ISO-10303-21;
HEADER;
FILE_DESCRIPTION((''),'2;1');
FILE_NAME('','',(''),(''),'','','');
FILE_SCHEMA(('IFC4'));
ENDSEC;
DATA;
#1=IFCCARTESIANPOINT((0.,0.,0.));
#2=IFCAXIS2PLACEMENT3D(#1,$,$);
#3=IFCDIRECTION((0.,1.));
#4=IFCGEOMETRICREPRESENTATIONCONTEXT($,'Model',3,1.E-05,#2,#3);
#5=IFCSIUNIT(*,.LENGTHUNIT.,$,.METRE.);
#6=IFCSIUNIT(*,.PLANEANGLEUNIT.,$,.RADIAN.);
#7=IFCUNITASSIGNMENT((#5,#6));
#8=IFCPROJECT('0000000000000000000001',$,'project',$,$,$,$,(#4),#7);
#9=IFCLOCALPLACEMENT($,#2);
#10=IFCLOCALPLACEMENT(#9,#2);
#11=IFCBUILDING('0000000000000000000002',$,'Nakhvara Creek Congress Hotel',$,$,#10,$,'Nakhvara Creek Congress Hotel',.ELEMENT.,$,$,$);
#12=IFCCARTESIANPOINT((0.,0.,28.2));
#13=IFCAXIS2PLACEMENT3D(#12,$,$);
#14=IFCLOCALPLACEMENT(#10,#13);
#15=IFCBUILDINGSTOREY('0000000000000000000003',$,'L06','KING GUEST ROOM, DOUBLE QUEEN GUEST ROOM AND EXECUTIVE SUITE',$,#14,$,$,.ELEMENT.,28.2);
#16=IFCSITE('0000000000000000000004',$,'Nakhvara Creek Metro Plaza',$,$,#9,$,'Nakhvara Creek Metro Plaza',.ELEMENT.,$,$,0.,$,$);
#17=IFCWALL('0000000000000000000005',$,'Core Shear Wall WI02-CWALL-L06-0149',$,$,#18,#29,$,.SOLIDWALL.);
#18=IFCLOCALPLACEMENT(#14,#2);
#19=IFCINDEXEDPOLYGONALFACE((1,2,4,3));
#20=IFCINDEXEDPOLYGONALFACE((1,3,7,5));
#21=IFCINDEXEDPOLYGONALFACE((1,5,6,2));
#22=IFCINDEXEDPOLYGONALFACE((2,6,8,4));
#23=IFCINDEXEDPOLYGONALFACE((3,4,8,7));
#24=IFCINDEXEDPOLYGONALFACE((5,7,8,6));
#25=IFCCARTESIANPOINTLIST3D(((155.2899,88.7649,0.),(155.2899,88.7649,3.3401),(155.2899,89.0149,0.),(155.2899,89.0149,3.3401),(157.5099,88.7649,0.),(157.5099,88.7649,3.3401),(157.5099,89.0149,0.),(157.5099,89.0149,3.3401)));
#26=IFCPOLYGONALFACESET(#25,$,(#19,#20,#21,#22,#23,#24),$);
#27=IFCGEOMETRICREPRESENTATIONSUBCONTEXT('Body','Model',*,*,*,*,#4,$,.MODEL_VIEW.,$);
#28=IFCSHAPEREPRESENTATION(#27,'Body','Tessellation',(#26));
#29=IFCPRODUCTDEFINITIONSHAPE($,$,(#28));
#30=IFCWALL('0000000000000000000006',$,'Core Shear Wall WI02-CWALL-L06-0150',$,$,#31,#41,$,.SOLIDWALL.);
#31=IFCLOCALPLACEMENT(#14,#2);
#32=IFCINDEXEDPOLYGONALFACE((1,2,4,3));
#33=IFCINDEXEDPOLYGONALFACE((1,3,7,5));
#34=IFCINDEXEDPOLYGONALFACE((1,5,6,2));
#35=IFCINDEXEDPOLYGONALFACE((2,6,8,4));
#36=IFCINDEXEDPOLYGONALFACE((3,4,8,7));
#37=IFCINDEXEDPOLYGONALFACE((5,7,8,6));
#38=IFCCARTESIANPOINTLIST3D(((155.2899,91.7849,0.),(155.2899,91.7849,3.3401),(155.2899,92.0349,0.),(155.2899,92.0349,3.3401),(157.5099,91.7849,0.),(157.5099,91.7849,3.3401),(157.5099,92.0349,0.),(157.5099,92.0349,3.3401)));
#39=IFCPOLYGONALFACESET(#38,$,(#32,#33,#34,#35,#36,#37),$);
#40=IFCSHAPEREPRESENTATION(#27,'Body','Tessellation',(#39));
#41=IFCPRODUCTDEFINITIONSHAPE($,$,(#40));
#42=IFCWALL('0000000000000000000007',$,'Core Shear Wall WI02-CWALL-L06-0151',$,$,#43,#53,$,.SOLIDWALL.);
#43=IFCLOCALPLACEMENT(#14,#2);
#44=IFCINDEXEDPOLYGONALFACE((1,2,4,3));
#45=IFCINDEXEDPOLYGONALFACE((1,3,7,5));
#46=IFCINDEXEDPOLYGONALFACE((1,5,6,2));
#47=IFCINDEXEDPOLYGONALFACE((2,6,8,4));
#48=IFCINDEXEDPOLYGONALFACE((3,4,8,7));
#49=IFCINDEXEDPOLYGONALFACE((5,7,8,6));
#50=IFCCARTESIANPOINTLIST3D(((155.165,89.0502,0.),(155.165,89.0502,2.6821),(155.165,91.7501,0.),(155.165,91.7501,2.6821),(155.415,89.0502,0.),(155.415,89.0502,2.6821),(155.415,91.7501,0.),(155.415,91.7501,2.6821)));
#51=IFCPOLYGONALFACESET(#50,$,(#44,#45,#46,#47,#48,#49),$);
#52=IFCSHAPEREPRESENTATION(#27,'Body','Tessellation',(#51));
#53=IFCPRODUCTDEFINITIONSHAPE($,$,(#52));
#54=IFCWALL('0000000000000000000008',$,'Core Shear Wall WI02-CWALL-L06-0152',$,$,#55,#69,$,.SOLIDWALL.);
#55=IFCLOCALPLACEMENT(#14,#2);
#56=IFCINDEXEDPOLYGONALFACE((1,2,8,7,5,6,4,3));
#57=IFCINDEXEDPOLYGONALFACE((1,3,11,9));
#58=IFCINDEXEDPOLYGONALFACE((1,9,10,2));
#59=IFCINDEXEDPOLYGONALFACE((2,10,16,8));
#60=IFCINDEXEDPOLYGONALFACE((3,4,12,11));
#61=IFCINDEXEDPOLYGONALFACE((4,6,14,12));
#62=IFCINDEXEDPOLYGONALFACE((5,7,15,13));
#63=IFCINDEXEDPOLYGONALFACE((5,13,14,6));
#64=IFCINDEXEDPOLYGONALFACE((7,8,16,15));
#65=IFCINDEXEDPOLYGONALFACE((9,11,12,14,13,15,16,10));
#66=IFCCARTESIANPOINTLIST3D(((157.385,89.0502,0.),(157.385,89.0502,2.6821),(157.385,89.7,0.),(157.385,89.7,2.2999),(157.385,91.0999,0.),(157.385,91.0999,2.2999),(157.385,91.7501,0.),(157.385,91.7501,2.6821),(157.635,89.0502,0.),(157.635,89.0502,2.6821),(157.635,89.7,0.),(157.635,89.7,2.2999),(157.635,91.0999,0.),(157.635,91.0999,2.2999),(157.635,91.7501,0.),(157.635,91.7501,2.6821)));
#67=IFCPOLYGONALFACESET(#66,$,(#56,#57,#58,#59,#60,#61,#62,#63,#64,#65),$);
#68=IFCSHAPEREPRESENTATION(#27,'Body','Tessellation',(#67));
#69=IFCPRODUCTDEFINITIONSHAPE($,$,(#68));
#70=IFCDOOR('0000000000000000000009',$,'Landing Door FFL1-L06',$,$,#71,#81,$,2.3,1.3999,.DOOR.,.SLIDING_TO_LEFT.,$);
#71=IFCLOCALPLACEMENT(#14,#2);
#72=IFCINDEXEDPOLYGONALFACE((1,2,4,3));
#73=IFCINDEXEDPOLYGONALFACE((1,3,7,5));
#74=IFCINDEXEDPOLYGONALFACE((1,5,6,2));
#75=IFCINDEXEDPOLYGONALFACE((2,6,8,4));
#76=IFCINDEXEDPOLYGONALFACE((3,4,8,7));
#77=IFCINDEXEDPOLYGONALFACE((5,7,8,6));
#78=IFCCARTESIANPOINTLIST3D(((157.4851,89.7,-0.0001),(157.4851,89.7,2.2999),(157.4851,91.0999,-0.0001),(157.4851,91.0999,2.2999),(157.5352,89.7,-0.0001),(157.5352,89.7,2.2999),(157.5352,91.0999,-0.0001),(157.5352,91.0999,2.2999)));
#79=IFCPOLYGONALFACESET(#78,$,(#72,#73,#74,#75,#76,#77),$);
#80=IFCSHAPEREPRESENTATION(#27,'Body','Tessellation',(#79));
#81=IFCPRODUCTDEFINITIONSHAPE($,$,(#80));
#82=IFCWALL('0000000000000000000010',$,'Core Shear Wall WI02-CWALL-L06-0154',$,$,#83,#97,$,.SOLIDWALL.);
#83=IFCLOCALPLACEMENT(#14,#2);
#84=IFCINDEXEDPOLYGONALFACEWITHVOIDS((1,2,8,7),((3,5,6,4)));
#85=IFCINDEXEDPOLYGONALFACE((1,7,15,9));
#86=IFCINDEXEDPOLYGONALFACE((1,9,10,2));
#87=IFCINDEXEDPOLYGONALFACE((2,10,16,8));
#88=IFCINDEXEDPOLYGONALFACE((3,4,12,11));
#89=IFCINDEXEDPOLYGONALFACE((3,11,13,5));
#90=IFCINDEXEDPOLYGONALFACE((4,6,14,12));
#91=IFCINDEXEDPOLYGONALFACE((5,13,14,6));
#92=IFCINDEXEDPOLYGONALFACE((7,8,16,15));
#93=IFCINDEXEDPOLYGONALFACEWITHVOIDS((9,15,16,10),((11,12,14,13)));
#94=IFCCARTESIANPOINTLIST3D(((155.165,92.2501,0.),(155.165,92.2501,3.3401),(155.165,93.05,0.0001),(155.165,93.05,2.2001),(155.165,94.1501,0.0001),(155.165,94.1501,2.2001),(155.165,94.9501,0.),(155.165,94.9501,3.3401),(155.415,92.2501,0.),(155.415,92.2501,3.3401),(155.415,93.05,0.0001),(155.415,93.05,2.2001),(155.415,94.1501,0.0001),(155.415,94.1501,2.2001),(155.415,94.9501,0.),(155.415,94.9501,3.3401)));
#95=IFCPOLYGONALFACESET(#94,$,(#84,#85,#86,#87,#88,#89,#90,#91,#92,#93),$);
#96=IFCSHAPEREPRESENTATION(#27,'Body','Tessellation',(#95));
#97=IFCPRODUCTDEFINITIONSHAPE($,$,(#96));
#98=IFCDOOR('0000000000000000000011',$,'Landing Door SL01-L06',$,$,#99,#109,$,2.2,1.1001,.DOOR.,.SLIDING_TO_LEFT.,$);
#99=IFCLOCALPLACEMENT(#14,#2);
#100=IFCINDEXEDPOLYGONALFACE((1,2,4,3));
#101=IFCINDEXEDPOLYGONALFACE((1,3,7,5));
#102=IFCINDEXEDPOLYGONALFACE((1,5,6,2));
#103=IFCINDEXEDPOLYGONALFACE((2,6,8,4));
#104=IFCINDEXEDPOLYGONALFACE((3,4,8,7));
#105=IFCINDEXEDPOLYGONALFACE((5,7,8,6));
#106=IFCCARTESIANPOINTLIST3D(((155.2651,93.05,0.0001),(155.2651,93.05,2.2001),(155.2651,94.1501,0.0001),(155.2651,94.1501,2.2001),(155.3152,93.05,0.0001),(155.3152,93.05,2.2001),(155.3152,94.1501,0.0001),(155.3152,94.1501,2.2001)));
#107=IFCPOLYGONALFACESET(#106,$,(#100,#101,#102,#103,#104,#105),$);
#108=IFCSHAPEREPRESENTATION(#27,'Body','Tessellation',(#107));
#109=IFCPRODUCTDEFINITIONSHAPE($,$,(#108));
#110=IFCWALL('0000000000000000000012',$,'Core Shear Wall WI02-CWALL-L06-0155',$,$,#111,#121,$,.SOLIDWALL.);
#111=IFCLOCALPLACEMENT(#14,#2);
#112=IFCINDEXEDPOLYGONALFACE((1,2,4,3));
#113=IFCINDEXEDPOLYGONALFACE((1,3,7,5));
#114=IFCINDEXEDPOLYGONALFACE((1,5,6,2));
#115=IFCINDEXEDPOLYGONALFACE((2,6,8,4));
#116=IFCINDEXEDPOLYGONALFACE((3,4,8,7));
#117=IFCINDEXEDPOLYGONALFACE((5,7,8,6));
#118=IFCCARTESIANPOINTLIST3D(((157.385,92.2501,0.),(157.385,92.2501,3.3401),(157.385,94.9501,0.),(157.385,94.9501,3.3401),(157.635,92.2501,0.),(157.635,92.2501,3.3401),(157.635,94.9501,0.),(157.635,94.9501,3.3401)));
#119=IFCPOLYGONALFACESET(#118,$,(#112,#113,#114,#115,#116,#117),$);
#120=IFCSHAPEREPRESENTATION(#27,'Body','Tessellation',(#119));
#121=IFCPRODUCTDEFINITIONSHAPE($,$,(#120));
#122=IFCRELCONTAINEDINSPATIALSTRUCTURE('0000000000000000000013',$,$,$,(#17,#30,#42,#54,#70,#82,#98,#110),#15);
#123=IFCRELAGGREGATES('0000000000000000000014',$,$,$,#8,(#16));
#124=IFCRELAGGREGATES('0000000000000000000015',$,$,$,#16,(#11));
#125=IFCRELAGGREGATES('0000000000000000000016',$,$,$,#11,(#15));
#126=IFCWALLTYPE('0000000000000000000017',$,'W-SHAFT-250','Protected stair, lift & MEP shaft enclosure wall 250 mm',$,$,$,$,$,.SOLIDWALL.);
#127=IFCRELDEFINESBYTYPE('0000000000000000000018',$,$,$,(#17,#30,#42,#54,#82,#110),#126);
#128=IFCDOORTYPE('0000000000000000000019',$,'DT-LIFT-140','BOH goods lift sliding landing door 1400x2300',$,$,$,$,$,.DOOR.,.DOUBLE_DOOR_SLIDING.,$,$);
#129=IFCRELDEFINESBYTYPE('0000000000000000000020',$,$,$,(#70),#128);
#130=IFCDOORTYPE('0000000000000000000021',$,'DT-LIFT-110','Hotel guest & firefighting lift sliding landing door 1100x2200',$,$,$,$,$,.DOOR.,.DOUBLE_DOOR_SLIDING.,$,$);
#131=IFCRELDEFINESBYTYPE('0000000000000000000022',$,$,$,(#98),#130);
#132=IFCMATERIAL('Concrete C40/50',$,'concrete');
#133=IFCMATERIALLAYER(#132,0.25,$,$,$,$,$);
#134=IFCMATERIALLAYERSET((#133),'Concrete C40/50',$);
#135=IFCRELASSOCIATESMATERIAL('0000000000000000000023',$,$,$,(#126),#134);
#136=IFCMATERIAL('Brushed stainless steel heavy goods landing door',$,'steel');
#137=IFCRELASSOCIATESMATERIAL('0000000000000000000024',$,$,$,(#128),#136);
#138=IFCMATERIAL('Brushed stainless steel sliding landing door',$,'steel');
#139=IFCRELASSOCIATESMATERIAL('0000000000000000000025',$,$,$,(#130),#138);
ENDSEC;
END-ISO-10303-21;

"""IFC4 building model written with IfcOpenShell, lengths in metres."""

from ifc_helpers import new_model, si_unit, direction, frame, frame_2d, origin, place, context, subcontext, project, spatial, rectangle, extrude, material, layer, layer_set, type_object, element, fill, save


model = new_model("IFC4")

# Units and contexts
model_context = context("Model", 3, precision=1e-05, world=origin(), true_north=direction((0.0, 1.0)))
body_context = subcontext(model_context, "Body", "Model", "MODEL_VIEW")
ifc_project = project(units=[si_unit("LENGTHUNIT", "METRE"), si_unit("PLANEANGLEUNIT", "RADIAN")], contexts=[model_context])

# Site, building, storey
site_placement = place(None, origin())
site = spatial("IfcSite", under=ifc_project, at=site_placement, Name="Nakhvara Creek Metro Plaza", LongName="Nakhvara Creek Metro Plaza", CompositionType="ELEMENT", RefElevation=0.0)
building_placement = place(site_placement, origin())
building = spatial("IfcBuilding", under=site, at=building_placement, Name="Nakhvara Creek Congress Hotel", LongName="Nakhvara Creek Congress Hotel", CompositionType="ELEMENT")
storey_placement = place(building_placement, frame((0.0, 0.0, 28.2)))
storey = spatial("IfcBuildingStorey", under=building, at=storey_placement, Name="L06", Description="KING GUEST ROOM, DOUBLE QUEEN GUEST ROOM AND EXECUTIVE SUITE", CompositionType="ELEMENT", Elevation=28.2)

# Shared definitions
ifc_material_1 = material(Name="Concrete C40/50", Category="concrete")

# Walls
ifc_layer_1 = layer(ifc_material_1, 0.25)
ifc_layer_set_1 = layer_set([ifc_layer_1], Name="Concrete C40/50")
wall_type_1 = type_object("IfcWallType", Name="W-SHAFT-250", Description="Protected stair, lift & MEP shaft enclosure wall 250 mm", PredefinedType="SOLIDWALL", material=ifc_layer_set_1)
for number, where, z_axis, x_axis, name in (
    (1, (155.29, 88.8899, 0.0), (0.0, 0.0, 1.0), (1.0, 0.0, 0.0), "Core Shear Wall WI02-CWALL-L06-0149"),
    (2, (155.29, 91.9099, 0.0), (0.0, 0.0, 1.0), (1.0, 0.0, 0.0), "Core Shear Wall WI02-CWALL-L06-0150"),
):
    element("IfcWall", number, at=place(storey_placement, frame(where, z_axis=z_axis, x_axis=x_axis)), inside=storey, type_object=wall_type_1, Name=name, PredefinedType="SOLIDWALL", context=body_context, shape_type="SweptSolid", body=[
        extrude(rectangle(XDim=2.22, YDim=0.25, at=frame_2d((1.1099, 0.0))), origin(), (0.0, 0.0, 1.0), 3.3401),
    ])
wall_1_placement = place(storey_placement, frame((155.29, 89.05, 0.0), z_axis=(0.0, 0.0, 1.0), x_axis=(0.0, 1.0, 0.0)))
element("IfcWall", 3, at=wall_1_placement, inside=storey, type_object=wall_type_1, Name="Core Shear Wall WI02-CWALL-L06-0151", PredefinedType="SOLIDWALL", context=body_context, shape_type="SweptSolid", body=[
    extrude(rectangle(XDim=2.7, YDim=0.25, at=frame_2d((1.3501, 0.0))), origin(), (0.0, 0.0, 1.0), 2.6821),
])

# Walls, openings, doors
wall_2_placement = place(storey_placement, frame((157.51, 89.05, 0.0), z_axis=(0.0, 0.0, 1.0), x_axis=(0.0, 1.0, 0.0)))
wall_2 = element("IfcWall", 4, at=wall_2_placement, inside=storey, type_object=wall_type_1, Name="Core Shear Wall WI02-CWALL-L06-0152", PredefinedType="SOLIDWALL", context=body_context, shape_type="SweptSolid", body=[
    extrude(rectangle(XDim=2.7, YDim=0.25, at=frame_2d((1.3501, 0.0))), origin(), (0.0, 0.0, 1.0), 2.6821),
])
opening_1_placement = place(wall_2_placement, frame((0.6499, 0.0, 0.0)))
opening_1 = element("IfcOpeningElement", 5, at=opening_1_placement, cuts=wall_2, PredefinedType="OPENING", context=body_context, shape_type="SweptSolid", body=[
    extrude(rectangle(XDim=1.3999, YDim=2.3, at=frame_2d((0.7, 1.1499))), frame((0.0, 0.137, 0.0), z_axis=(0.0, -1.0, 0.0), x_axis=(1.0, 0.0, 0.0)), (0.0, 0.0, 1.0), 0.2739),
])
ifc_material_2 = material(Name="Brushed stainless steel heavy goods landing door", Category="steel")
door_type_1 = type_object("IfcDoorType", Name="DT-LIFT-140", Description="BOH goods lift sliding landing door 1400x2300", OperationType="DOUBLE_DOOR_SLIDING", PredefinedType="DOOR", material=ifc_material_2)
door_1_placement = place(opening_1_placement, origin())
door_1 = element("IfcDoor", 6, at=door_1_placement, inside=storey, type_object=door_type_1, Name="Landing Door FFL1-L06", OperationType="SLIDING_TO_LEFT", OverallHeight=2.3, OverallWidth=1.3999, PredefinedType="DOOR", context=body_context, shape_type="SweptSolid", body=[
    extrude(rectangle(XDim=1.3999, YDim=2.3, at=frame_2d((0.7, 1.1499))), frame((0.0, 0.0249, 0.0), z_axis=(0.0, -1.0, 0.0), x_axis=(1.0, 0.0, 0.0)), (0.0, 0.0, 1.0), 0.05),
])
fill(opening_1, door_1)
wall_3_placement = place(storey_placement, frame((155.29, 92.25, 0.0), z_axis=(0.0, 0.0, 1.0), x_axis=(0.0, 1.0, 0.0)))
wall_3 = element("IfcWall", 7, at=wall_3_placement, inside=storey, type_object=wall_type_1, Name="Core Shear Wall WI02-CWALL-L06-0154", PredefinedType="SOLIDWALL", context=body_context, shape_type="SweptSolid", body=[
    extrude(rectangle(XDim=2.7, YDim=0.25, at=frame_2d((1.3501, 0.0))), origin(), (0.0, 0.0, 1.0), 3.3401),
])
opening_2_placement = place(wall_3_placement, frame((0.8, 0.0, 0.0)))
opening_2 = element("IfcOpeningElement", 8, at=opening_2_placement, cuts=wall_3, PredefinedType="OPENING", context=body_context, shape_type="SweptSolid", body=[
    extrude(rectangle(XDim=1.1001, YDim=2.2, at=frame_2d((0.55, 1.1001))), frame((0.0, 0.137, 0.0), z_axis=(0.0, -1.0, 0.0), x_axis=(1.0, 0.0, 0.0)), (0.0, 0.0, 1.0), 0.2739),
])
ifc_material_3 = material(Name="Brushed stainless steel sliding landing door", Category="steel")
door_type_2 = type_object("IfcDoorType", Name="DT-LIFT-110", Description="Hotel guest & firefighting lift sliding landing door 1100x2200", OperationType="DOUBLE_DOOR_SLIDING", PredefinedType="DOOR", material=ifc_material_3)
door_2_placement = place(opening_2_placement, origin())
door_2 = element("IfcDoor", 9, at=door_2_placement, inside=storey, type_object=door_type_2, Name="Landing Door SL01-L06", OperationType="SLIDING_TO_LEFT", OverallHeight=2.2, OverallWidth=1.1001, PredefinedType="DOOR", context=body_context, shape_type="SweptSolid", body=[
    extrude(rectangle(XDim=1.1001, YDim=2.2, at=frame_2d((0.55, 1.1001))), frame((0.0, 0.0249, 0.0), z_axis=(0.0, -1.0, 0.0), x_axis=(1.0, 0.0, 0.0)), (0.0, 0.0, 1.0), 0.05),
])
fill(opening_2, door_2)

# Wall
wall_4_placement = place(storey_placement, frame((157.51, 92.25, 0.0), z_axis=(0.0, 0.0, 1.0), x_axis=(0.0, 1.0, 0.0)))
element("IfcWall", 10, at=wall_4_placement, inside=storey, type_object=wall_type_1, Name="Core Shear Wall WI02-CWALL-L06-0155", PredefinedType="SOLIDWALL", context=body_context, shape_type="SweptSolid", body=[
    extrude(rectangle(XDim=2.7, YDim=0.25, at=frame_2d((1.3501, 0.0))), origin(), (0.0, 0.0, 1.0), 3.3401),
])

save(model, "model.ifc")
